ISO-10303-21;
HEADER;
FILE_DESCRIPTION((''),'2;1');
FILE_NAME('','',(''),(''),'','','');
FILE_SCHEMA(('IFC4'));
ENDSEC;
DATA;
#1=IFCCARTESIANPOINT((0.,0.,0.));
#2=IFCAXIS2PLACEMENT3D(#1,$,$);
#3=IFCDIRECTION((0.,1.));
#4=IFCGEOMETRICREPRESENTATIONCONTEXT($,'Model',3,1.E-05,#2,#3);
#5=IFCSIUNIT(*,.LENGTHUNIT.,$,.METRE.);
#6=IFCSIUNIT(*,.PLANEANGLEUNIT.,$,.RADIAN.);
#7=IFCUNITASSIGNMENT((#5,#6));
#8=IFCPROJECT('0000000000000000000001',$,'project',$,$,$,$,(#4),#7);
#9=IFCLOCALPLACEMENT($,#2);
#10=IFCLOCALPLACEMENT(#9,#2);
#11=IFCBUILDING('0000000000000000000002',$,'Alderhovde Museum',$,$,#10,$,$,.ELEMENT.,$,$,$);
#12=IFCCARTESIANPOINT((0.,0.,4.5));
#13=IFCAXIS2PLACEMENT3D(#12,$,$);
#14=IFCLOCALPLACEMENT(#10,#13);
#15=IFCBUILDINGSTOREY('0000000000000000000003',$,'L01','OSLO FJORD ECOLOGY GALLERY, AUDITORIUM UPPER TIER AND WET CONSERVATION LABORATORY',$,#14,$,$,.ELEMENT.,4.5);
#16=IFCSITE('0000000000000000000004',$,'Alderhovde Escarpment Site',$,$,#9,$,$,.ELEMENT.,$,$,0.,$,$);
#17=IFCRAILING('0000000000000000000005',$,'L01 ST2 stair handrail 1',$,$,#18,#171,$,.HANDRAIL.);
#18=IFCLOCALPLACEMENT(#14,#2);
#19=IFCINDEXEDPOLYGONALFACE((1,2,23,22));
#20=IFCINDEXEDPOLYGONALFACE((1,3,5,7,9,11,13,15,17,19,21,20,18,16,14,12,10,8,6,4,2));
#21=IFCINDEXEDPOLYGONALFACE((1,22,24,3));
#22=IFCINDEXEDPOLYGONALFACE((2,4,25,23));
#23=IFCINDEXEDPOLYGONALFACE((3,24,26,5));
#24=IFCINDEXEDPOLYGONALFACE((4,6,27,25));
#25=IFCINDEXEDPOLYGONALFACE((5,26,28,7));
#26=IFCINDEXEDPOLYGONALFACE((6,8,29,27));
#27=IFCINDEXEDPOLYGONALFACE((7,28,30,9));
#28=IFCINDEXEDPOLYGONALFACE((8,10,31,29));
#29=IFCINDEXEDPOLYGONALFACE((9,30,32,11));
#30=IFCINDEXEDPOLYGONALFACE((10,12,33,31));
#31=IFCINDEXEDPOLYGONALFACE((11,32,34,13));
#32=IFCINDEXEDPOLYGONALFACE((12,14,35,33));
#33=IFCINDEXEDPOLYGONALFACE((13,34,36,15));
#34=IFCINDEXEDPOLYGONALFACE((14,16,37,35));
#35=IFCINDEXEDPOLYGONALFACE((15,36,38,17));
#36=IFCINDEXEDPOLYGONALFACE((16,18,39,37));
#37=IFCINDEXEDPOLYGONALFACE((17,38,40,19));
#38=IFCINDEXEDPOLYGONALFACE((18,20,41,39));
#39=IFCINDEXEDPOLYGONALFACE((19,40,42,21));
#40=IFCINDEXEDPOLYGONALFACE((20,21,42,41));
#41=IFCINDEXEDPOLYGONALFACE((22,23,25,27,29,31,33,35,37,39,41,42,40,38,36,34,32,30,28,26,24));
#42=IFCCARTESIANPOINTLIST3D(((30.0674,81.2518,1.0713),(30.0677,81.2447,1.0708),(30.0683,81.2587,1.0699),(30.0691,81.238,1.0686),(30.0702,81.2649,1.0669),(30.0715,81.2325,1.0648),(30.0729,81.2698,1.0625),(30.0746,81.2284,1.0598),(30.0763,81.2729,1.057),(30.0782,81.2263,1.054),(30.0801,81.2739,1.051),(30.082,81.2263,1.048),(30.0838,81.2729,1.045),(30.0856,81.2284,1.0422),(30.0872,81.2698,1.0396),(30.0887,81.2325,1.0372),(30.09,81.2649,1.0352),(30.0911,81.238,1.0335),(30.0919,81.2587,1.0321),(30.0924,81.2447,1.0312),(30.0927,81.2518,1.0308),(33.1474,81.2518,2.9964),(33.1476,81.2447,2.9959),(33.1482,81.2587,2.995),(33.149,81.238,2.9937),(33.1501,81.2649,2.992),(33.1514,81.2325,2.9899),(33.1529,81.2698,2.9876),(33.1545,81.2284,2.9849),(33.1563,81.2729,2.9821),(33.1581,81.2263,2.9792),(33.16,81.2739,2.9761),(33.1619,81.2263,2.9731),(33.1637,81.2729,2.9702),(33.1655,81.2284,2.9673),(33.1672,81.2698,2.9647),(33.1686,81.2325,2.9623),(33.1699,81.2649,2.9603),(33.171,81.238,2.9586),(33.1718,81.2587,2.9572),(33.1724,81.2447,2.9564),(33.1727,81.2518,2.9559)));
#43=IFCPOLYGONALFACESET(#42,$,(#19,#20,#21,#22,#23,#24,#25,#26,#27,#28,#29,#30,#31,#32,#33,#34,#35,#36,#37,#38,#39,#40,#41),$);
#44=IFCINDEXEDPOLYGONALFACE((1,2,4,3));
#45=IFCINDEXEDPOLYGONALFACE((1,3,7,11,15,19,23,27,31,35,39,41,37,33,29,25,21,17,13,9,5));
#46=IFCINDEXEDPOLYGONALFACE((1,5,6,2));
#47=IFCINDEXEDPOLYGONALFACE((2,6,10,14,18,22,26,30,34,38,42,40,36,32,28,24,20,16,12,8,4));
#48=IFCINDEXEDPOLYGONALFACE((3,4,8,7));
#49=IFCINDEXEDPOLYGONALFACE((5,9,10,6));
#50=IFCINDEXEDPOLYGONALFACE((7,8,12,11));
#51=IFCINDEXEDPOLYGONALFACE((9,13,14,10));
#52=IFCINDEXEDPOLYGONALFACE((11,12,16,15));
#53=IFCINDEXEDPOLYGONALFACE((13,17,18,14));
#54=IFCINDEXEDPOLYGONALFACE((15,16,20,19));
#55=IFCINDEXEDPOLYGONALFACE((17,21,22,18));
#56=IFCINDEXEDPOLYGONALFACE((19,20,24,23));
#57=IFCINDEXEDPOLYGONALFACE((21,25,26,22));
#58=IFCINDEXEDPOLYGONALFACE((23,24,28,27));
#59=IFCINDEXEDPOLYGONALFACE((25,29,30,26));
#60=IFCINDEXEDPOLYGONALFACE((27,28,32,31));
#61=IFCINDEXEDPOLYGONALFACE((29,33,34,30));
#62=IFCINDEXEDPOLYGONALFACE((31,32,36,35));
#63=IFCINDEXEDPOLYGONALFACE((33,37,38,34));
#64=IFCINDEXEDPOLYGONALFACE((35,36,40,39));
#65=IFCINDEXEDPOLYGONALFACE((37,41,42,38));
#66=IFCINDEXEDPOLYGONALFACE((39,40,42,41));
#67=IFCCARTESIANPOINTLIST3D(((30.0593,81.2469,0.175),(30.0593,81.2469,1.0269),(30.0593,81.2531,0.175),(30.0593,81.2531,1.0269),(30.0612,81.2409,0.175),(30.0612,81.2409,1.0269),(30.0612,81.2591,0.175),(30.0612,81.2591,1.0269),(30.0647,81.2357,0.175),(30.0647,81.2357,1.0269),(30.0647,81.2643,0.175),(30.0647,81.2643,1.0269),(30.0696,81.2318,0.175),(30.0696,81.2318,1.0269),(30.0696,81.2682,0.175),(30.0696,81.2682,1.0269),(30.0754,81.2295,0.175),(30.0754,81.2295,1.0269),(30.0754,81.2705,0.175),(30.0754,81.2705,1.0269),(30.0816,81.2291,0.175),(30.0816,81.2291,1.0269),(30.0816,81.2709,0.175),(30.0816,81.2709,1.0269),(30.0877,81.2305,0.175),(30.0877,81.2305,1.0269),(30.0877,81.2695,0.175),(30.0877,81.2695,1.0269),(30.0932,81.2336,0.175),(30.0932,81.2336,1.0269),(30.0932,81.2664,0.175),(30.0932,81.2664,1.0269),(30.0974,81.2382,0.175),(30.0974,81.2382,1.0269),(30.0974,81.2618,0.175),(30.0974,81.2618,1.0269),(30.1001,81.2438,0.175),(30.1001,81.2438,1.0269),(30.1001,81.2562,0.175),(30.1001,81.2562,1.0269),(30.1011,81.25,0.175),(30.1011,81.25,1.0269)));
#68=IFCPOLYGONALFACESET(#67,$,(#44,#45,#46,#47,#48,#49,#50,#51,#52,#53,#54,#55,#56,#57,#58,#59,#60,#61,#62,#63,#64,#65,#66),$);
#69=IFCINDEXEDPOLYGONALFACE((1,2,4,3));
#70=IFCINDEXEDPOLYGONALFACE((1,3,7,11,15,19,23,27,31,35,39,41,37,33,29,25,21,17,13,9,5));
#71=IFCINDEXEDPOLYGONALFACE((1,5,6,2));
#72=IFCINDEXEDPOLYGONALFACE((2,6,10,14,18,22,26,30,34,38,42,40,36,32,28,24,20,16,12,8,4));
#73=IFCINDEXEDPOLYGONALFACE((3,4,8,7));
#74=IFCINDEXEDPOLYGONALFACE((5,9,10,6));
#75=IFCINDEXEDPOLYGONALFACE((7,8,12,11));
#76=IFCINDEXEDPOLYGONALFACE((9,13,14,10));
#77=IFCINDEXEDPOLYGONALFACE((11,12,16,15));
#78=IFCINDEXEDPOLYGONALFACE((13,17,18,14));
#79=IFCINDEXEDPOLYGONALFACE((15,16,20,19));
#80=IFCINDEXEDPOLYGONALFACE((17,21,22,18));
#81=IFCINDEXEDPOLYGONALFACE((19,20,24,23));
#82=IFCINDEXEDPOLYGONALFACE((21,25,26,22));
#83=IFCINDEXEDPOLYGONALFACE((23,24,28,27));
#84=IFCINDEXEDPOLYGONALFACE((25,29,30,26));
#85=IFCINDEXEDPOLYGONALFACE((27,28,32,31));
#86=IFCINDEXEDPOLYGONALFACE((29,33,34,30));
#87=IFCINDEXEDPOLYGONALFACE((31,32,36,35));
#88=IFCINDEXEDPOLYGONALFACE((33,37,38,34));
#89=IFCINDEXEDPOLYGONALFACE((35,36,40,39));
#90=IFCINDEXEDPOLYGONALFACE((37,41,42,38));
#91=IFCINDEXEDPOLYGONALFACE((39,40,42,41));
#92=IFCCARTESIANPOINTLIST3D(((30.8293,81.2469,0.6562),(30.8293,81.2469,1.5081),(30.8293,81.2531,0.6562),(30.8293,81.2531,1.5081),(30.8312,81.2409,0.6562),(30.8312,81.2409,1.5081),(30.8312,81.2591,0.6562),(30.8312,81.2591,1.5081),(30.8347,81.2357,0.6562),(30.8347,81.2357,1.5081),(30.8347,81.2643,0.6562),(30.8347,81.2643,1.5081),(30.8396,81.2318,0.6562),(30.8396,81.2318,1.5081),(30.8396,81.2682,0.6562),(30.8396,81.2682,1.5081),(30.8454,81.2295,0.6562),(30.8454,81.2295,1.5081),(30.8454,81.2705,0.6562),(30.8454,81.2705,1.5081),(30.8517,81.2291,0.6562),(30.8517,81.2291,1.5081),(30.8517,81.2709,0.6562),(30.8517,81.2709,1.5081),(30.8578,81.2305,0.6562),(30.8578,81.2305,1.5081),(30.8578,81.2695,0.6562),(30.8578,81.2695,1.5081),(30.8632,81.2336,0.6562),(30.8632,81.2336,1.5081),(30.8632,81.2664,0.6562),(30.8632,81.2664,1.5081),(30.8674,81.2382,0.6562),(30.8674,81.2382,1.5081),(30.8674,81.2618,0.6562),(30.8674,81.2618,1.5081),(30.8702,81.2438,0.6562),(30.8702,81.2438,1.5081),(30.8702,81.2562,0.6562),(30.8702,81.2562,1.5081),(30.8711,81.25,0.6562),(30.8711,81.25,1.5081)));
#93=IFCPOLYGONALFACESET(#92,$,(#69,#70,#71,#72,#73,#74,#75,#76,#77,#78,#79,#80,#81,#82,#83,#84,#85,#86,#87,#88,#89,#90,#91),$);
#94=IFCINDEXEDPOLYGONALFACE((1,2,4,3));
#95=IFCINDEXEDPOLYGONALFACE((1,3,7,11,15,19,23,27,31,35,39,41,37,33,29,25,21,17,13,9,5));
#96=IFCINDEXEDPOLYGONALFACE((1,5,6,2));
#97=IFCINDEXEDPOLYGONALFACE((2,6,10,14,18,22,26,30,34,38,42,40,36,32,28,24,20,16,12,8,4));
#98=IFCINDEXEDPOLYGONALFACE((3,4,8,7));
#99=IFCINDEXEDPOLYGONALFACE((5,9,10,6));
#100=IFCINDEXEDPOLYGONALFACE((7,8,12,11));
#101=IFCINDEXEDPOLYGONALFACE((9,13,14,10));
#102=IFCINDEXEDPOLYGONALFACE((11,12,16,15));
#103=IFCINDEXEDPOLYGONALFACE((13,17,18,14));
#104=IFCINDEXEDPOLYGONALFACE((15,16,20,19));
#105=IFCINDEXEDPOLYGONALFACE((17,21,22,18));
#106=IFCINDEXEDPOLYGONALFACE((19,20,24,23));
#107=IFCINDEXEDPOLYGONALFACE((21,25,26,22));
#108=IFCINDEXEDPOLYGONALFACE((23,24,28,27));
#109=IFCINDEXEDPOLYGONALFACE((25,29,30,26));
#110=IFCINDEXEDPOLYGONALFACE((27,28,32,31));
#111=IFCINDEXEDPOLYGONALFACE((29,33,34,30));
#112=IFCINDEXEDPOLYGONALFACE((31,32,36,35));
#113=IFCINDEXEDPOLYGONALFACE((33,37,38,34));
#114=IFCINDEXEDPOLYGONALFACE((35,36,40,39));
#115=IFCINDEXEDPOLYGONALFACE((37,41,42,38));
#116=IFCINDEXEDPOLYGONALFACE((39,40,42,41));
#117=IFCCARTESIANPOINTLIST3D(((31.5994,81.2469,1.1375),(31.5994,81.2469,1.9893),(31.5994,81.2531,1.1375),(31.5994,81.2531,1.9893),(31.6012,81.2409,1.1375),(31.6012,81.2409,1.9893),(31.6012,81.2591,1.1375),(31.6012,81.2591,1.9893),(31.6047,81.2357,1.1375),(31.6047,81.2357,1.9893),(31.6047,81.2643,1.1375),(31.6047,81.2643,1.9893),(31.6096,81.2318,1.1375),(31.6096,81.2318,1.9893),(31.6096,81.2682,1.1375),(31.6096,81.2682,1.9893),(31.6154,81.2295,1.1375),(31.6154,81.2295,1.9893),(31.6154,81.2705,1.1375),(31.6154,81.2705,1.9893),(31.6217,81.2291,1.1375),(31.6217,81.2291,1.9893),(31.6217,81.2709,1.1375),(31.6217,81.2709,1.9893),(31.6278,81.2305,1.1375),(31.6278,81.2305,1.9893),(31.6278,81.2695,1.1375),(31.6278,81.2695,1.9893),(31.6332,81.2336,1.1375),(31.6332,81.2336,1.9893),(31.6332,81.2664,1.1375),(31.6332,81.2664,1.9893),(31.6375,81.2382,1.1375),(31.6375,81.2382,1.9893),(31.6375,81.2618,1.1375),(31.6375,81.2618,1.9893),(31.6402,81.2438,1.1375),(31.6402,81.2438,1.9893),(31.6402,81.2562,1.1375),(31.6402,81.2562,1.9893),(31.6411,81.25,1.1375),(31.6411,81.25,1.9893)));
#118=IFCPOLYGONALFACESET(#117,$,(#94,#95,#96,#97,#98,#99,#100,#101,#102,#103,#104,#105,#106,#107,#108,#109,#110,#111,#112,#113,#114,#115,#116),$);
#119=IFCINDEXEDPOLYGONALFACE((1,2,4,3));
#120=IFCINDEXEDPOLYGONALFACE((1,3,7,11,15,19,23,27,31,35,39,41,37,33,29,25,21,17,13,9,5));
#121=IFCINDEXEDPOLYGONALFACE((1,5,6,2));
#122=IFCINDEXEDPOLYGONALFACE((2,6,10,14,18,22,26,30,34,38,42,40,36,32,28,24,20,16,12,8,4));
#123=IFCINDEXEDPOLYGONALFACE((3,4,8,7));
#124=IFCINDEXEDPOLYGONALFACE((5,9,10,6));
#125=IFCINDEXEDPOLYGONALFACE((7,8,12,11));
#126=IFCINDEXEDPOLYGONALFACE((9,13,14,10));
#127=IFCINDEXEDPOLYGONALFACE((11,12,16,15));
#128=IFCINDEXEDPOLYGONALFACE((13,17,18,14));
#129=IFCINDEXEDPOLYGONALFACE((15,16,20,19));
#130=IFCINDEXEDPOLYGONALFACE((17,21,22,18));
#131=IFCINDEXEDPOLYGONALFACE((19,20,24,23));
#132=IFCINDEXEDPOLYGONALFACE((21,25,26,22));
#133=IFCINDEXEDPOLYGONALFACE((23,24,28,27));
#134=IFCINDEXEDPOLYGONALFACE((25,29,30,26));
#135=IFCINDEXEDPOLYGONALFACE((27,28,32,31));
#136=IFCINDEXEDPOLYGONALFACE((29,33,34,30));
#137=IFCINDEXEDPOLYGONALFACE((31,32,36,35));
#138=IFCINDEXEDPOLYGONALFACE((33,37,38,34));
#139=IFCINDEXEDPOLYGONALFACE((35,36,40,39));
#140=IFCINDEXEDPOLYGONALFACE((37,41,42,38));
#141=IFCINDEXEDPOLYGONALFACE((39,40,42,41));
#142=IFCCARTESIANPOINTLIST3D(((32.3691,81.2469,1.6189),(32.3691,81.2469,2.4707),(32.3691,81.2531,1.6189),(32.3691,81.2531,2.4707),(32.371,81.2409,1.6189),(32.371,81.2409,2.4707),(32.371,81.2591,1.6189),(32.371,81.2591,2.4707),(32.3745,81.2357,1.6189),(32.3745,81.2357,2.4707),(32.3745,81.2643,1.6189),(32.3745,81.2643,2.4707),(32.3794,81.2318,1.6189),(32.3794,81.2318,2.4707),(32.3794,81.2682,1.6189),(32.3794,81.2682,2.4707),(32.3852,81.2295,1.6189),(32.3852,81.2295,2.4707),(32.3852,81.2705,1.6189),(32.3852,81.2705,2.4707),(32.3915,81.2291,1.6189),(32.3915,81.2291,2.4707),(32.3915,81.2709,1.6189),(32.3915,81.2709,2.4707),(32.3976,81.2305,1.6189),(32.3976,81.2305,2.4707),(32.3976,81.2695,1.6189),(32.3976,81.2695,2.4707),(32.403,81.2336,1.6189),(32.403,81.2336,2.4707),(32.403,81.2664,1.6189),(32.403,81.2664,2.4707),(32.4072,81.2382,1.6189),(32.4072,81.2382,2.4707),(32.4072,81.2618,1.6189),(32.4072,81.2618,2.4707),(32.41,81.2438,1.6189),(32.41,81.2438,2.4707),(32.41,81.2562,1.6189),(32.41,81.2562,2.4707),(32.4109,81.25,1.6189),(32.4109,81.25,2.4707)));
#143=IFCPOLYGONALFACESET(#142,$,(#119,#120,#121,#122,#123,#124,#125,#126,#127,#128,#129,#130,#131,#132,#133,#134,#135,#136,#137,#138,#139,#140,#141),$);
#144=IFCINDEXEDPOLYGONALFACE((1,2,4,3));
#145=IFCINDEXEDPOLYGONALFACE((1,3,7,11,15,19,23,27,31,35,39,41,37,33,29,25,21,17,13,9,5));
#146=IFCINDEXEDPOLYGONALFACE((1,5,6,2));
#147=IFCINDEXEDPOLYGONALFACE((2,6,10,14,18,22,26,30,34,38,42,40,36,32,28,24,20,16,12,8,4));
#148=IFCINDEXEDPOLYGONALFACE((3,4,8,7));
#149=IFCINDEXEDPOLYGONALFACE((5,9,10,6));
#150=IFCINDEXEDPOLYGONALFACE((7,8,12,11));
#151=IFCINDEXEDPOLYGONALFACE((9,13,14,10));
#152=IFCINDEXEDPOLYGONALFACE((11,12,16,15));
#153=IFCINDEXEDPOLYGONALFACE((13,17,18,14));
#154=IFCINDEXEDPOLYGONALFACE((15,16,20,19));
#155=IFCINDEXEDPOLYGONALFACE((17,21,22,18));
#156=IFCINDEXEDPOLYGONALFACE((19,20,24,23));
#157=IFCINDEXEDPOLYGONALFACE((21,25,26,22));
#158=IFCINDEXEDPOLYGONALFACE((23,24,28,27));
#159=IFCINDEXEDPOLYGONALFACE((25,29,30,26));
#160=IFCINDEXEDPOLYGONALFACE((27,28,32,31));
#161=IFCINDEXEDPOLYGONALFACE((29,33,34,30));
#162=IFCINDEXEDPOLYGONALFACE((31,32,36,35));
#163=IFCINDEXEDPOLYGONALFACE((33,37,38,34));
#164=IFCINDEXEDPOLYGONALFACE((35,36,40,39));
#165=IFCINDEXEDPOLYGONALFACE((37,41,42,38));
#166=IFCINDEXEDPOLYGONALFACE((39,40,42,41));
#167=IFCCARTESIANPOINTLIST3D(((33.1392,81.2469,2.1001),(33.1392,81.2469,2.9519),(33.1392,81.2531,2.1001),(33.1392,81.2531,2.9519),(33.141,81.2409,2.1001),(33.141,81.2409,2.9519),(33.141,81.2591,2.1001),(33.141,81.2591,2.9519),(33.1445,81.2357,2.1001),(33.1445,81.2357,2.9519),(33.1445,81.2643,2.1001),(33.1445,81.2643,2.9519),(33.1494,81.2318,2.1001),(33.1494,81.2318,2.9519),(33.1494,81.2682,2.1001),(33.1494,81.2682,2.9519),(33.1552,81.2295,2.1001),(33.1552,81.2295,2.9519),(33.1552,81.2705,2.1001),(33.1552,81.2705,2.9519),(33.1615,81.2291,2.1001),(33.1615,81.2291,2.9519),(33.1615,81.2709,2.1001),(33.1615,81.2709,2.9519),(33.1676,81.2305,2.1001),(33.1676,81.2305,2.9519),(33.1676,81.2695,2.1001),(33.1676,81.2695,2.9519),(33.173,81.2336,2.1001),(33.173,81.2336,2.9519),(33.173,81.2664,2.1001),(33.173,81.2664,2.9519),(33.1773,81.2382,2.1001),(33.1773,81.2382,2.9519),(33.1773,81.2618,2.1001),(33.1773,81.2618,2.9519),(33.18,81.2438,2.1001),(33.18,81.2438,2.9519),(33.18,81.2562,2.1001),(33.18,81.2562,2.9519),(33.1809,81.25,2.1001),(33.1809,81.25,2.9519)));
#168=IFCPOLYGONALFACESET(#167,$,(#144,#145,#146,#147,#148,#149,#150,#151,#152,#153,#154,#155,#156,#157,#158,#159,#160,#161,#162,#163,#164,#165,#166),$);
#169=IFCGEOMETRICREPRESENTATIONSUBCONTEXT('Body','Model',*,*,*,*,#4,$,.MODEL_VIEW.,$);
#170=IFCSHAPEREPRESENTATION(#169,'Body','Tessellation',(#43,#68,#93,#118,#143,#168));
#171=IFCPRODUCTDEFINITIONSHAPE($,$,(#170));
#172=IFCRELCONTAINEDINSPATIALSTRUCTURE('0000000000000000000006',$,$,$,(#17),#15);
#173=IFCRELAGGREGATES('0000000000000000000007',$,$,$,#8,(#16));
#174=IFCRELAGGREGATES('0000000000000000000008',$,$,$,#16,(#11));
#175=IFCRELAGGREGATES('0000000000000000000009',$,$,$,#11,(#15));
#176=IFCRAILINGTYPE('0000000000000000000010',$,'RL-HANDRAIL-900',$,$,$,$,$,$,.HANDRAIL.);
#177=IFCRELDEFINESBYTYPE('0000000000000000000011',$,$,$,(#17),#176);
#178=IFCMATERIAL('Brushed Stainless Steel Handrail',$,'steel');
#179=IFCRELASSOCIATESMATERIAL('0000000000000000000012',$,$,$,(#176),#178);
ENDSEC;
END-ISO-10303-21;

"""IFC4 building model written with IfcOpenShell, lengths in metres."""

from ifc_helpers import new_model, si_unit, direction, frame, origin, origin_2d, place, context, subcontext, project, spatial, circle, extrude, material, type_object, element, save


model = new_model("IFC4")

# Units and contexts
model_context = context("Model", 3, precision=1e-05, world=origin(), true_north=direction((0.0, 1.0)))
body_context = subcontext(model_context, "Body", "Model", "MODEL_VIEW")
ifc_project = project(units=[si_unit("LENGTHUNIT", "METRE"), si_unit("PLANEANGLEUNIT", "RADIAN")], contexts=[model_context])

# Site, building, storey
site_placement = place(None, origin())
site = spatial("IfcSite", under=ifc_project, at=site_placement, Name="Alderhovde Escarpment Site", CompositionType="ELEMENT", RefElevation=0.0)
building_placement = place(site_placement, origin())
building = spatial("IfcBuilding", under=site, at=building_placement, Name="Alderhovde Museum", CompositionType="ELEMENT")
storey_placement = place(building_placement, frame((0.0, 0.0, 4.5)))
storey = spatial("IfcBuildingStorey", under=building, at=storey_placement, Name="L01", Description="OSLO FJORD ECOLOGY GALLERY, AUDITORIUM UPPER TIER AND WET CONSERVATION LABORATORY", CompositionType="ELEMENT", Elevation=4.5)

# Railing
ifc_material_1 = material(Name="Brushed Stainless Steel Handrail", Category="steel")
railing_type_1 = type_object("IfcRailingType", Name="RL-HANDRAIL-900", PredefinedType="HANDRAIL", material=ifc_material_1)
railing_1_placement = place(storey_placement, frame((30.0801, 81.25, 0.175)))
element("IfcRailing", 1, at=railing_1_placement, inside=storey, type_object=railing_type_1, Name="L01 ST2 stair handrail 1", PredefinedType="HANDRAIL", context=body_context, shape_type="SweptSolid", body=[
    extrude(circle(Radius=0.0239, at=origin_2d()), frame((0.0, 0.0, 0.876), z_axis=(0.847979, 0.0, 0.530029), x_axis=(0.0, 1.0, 0.0)), (0.0, 0.0, 1.0), 3.6321),
    extrude(circle(Radius=0.021, at=origin_2d()), origin(), (0.0, 0.0, 1.0), 0.8518),
    extrude(circle(Radius=0.021, at=origin_2d()), frame((0.77, 0.0, 0.4812)), (0.0, 0.0, 1.0), 0.8518),
    extrude(circle(Radius=0.021, at=origin_2d()), frame((1.54, 0.0, 0.9624)), (0.0, 0.0, 1.0), 0.8518),
    extrude(circle(Radius=0.021, at=origin_2d()), frame((2.3098, 0.0, 1.4438)), (0.0, 0.0, 1.0), 0.8518),
    extrude(circle(Radius=0.021, at=origin_2d()), frame((3.0798, 0.0, 1.925)), (0.0, 0.0, 1.0), 0.8518),
])

save(model, "model.ifc")
